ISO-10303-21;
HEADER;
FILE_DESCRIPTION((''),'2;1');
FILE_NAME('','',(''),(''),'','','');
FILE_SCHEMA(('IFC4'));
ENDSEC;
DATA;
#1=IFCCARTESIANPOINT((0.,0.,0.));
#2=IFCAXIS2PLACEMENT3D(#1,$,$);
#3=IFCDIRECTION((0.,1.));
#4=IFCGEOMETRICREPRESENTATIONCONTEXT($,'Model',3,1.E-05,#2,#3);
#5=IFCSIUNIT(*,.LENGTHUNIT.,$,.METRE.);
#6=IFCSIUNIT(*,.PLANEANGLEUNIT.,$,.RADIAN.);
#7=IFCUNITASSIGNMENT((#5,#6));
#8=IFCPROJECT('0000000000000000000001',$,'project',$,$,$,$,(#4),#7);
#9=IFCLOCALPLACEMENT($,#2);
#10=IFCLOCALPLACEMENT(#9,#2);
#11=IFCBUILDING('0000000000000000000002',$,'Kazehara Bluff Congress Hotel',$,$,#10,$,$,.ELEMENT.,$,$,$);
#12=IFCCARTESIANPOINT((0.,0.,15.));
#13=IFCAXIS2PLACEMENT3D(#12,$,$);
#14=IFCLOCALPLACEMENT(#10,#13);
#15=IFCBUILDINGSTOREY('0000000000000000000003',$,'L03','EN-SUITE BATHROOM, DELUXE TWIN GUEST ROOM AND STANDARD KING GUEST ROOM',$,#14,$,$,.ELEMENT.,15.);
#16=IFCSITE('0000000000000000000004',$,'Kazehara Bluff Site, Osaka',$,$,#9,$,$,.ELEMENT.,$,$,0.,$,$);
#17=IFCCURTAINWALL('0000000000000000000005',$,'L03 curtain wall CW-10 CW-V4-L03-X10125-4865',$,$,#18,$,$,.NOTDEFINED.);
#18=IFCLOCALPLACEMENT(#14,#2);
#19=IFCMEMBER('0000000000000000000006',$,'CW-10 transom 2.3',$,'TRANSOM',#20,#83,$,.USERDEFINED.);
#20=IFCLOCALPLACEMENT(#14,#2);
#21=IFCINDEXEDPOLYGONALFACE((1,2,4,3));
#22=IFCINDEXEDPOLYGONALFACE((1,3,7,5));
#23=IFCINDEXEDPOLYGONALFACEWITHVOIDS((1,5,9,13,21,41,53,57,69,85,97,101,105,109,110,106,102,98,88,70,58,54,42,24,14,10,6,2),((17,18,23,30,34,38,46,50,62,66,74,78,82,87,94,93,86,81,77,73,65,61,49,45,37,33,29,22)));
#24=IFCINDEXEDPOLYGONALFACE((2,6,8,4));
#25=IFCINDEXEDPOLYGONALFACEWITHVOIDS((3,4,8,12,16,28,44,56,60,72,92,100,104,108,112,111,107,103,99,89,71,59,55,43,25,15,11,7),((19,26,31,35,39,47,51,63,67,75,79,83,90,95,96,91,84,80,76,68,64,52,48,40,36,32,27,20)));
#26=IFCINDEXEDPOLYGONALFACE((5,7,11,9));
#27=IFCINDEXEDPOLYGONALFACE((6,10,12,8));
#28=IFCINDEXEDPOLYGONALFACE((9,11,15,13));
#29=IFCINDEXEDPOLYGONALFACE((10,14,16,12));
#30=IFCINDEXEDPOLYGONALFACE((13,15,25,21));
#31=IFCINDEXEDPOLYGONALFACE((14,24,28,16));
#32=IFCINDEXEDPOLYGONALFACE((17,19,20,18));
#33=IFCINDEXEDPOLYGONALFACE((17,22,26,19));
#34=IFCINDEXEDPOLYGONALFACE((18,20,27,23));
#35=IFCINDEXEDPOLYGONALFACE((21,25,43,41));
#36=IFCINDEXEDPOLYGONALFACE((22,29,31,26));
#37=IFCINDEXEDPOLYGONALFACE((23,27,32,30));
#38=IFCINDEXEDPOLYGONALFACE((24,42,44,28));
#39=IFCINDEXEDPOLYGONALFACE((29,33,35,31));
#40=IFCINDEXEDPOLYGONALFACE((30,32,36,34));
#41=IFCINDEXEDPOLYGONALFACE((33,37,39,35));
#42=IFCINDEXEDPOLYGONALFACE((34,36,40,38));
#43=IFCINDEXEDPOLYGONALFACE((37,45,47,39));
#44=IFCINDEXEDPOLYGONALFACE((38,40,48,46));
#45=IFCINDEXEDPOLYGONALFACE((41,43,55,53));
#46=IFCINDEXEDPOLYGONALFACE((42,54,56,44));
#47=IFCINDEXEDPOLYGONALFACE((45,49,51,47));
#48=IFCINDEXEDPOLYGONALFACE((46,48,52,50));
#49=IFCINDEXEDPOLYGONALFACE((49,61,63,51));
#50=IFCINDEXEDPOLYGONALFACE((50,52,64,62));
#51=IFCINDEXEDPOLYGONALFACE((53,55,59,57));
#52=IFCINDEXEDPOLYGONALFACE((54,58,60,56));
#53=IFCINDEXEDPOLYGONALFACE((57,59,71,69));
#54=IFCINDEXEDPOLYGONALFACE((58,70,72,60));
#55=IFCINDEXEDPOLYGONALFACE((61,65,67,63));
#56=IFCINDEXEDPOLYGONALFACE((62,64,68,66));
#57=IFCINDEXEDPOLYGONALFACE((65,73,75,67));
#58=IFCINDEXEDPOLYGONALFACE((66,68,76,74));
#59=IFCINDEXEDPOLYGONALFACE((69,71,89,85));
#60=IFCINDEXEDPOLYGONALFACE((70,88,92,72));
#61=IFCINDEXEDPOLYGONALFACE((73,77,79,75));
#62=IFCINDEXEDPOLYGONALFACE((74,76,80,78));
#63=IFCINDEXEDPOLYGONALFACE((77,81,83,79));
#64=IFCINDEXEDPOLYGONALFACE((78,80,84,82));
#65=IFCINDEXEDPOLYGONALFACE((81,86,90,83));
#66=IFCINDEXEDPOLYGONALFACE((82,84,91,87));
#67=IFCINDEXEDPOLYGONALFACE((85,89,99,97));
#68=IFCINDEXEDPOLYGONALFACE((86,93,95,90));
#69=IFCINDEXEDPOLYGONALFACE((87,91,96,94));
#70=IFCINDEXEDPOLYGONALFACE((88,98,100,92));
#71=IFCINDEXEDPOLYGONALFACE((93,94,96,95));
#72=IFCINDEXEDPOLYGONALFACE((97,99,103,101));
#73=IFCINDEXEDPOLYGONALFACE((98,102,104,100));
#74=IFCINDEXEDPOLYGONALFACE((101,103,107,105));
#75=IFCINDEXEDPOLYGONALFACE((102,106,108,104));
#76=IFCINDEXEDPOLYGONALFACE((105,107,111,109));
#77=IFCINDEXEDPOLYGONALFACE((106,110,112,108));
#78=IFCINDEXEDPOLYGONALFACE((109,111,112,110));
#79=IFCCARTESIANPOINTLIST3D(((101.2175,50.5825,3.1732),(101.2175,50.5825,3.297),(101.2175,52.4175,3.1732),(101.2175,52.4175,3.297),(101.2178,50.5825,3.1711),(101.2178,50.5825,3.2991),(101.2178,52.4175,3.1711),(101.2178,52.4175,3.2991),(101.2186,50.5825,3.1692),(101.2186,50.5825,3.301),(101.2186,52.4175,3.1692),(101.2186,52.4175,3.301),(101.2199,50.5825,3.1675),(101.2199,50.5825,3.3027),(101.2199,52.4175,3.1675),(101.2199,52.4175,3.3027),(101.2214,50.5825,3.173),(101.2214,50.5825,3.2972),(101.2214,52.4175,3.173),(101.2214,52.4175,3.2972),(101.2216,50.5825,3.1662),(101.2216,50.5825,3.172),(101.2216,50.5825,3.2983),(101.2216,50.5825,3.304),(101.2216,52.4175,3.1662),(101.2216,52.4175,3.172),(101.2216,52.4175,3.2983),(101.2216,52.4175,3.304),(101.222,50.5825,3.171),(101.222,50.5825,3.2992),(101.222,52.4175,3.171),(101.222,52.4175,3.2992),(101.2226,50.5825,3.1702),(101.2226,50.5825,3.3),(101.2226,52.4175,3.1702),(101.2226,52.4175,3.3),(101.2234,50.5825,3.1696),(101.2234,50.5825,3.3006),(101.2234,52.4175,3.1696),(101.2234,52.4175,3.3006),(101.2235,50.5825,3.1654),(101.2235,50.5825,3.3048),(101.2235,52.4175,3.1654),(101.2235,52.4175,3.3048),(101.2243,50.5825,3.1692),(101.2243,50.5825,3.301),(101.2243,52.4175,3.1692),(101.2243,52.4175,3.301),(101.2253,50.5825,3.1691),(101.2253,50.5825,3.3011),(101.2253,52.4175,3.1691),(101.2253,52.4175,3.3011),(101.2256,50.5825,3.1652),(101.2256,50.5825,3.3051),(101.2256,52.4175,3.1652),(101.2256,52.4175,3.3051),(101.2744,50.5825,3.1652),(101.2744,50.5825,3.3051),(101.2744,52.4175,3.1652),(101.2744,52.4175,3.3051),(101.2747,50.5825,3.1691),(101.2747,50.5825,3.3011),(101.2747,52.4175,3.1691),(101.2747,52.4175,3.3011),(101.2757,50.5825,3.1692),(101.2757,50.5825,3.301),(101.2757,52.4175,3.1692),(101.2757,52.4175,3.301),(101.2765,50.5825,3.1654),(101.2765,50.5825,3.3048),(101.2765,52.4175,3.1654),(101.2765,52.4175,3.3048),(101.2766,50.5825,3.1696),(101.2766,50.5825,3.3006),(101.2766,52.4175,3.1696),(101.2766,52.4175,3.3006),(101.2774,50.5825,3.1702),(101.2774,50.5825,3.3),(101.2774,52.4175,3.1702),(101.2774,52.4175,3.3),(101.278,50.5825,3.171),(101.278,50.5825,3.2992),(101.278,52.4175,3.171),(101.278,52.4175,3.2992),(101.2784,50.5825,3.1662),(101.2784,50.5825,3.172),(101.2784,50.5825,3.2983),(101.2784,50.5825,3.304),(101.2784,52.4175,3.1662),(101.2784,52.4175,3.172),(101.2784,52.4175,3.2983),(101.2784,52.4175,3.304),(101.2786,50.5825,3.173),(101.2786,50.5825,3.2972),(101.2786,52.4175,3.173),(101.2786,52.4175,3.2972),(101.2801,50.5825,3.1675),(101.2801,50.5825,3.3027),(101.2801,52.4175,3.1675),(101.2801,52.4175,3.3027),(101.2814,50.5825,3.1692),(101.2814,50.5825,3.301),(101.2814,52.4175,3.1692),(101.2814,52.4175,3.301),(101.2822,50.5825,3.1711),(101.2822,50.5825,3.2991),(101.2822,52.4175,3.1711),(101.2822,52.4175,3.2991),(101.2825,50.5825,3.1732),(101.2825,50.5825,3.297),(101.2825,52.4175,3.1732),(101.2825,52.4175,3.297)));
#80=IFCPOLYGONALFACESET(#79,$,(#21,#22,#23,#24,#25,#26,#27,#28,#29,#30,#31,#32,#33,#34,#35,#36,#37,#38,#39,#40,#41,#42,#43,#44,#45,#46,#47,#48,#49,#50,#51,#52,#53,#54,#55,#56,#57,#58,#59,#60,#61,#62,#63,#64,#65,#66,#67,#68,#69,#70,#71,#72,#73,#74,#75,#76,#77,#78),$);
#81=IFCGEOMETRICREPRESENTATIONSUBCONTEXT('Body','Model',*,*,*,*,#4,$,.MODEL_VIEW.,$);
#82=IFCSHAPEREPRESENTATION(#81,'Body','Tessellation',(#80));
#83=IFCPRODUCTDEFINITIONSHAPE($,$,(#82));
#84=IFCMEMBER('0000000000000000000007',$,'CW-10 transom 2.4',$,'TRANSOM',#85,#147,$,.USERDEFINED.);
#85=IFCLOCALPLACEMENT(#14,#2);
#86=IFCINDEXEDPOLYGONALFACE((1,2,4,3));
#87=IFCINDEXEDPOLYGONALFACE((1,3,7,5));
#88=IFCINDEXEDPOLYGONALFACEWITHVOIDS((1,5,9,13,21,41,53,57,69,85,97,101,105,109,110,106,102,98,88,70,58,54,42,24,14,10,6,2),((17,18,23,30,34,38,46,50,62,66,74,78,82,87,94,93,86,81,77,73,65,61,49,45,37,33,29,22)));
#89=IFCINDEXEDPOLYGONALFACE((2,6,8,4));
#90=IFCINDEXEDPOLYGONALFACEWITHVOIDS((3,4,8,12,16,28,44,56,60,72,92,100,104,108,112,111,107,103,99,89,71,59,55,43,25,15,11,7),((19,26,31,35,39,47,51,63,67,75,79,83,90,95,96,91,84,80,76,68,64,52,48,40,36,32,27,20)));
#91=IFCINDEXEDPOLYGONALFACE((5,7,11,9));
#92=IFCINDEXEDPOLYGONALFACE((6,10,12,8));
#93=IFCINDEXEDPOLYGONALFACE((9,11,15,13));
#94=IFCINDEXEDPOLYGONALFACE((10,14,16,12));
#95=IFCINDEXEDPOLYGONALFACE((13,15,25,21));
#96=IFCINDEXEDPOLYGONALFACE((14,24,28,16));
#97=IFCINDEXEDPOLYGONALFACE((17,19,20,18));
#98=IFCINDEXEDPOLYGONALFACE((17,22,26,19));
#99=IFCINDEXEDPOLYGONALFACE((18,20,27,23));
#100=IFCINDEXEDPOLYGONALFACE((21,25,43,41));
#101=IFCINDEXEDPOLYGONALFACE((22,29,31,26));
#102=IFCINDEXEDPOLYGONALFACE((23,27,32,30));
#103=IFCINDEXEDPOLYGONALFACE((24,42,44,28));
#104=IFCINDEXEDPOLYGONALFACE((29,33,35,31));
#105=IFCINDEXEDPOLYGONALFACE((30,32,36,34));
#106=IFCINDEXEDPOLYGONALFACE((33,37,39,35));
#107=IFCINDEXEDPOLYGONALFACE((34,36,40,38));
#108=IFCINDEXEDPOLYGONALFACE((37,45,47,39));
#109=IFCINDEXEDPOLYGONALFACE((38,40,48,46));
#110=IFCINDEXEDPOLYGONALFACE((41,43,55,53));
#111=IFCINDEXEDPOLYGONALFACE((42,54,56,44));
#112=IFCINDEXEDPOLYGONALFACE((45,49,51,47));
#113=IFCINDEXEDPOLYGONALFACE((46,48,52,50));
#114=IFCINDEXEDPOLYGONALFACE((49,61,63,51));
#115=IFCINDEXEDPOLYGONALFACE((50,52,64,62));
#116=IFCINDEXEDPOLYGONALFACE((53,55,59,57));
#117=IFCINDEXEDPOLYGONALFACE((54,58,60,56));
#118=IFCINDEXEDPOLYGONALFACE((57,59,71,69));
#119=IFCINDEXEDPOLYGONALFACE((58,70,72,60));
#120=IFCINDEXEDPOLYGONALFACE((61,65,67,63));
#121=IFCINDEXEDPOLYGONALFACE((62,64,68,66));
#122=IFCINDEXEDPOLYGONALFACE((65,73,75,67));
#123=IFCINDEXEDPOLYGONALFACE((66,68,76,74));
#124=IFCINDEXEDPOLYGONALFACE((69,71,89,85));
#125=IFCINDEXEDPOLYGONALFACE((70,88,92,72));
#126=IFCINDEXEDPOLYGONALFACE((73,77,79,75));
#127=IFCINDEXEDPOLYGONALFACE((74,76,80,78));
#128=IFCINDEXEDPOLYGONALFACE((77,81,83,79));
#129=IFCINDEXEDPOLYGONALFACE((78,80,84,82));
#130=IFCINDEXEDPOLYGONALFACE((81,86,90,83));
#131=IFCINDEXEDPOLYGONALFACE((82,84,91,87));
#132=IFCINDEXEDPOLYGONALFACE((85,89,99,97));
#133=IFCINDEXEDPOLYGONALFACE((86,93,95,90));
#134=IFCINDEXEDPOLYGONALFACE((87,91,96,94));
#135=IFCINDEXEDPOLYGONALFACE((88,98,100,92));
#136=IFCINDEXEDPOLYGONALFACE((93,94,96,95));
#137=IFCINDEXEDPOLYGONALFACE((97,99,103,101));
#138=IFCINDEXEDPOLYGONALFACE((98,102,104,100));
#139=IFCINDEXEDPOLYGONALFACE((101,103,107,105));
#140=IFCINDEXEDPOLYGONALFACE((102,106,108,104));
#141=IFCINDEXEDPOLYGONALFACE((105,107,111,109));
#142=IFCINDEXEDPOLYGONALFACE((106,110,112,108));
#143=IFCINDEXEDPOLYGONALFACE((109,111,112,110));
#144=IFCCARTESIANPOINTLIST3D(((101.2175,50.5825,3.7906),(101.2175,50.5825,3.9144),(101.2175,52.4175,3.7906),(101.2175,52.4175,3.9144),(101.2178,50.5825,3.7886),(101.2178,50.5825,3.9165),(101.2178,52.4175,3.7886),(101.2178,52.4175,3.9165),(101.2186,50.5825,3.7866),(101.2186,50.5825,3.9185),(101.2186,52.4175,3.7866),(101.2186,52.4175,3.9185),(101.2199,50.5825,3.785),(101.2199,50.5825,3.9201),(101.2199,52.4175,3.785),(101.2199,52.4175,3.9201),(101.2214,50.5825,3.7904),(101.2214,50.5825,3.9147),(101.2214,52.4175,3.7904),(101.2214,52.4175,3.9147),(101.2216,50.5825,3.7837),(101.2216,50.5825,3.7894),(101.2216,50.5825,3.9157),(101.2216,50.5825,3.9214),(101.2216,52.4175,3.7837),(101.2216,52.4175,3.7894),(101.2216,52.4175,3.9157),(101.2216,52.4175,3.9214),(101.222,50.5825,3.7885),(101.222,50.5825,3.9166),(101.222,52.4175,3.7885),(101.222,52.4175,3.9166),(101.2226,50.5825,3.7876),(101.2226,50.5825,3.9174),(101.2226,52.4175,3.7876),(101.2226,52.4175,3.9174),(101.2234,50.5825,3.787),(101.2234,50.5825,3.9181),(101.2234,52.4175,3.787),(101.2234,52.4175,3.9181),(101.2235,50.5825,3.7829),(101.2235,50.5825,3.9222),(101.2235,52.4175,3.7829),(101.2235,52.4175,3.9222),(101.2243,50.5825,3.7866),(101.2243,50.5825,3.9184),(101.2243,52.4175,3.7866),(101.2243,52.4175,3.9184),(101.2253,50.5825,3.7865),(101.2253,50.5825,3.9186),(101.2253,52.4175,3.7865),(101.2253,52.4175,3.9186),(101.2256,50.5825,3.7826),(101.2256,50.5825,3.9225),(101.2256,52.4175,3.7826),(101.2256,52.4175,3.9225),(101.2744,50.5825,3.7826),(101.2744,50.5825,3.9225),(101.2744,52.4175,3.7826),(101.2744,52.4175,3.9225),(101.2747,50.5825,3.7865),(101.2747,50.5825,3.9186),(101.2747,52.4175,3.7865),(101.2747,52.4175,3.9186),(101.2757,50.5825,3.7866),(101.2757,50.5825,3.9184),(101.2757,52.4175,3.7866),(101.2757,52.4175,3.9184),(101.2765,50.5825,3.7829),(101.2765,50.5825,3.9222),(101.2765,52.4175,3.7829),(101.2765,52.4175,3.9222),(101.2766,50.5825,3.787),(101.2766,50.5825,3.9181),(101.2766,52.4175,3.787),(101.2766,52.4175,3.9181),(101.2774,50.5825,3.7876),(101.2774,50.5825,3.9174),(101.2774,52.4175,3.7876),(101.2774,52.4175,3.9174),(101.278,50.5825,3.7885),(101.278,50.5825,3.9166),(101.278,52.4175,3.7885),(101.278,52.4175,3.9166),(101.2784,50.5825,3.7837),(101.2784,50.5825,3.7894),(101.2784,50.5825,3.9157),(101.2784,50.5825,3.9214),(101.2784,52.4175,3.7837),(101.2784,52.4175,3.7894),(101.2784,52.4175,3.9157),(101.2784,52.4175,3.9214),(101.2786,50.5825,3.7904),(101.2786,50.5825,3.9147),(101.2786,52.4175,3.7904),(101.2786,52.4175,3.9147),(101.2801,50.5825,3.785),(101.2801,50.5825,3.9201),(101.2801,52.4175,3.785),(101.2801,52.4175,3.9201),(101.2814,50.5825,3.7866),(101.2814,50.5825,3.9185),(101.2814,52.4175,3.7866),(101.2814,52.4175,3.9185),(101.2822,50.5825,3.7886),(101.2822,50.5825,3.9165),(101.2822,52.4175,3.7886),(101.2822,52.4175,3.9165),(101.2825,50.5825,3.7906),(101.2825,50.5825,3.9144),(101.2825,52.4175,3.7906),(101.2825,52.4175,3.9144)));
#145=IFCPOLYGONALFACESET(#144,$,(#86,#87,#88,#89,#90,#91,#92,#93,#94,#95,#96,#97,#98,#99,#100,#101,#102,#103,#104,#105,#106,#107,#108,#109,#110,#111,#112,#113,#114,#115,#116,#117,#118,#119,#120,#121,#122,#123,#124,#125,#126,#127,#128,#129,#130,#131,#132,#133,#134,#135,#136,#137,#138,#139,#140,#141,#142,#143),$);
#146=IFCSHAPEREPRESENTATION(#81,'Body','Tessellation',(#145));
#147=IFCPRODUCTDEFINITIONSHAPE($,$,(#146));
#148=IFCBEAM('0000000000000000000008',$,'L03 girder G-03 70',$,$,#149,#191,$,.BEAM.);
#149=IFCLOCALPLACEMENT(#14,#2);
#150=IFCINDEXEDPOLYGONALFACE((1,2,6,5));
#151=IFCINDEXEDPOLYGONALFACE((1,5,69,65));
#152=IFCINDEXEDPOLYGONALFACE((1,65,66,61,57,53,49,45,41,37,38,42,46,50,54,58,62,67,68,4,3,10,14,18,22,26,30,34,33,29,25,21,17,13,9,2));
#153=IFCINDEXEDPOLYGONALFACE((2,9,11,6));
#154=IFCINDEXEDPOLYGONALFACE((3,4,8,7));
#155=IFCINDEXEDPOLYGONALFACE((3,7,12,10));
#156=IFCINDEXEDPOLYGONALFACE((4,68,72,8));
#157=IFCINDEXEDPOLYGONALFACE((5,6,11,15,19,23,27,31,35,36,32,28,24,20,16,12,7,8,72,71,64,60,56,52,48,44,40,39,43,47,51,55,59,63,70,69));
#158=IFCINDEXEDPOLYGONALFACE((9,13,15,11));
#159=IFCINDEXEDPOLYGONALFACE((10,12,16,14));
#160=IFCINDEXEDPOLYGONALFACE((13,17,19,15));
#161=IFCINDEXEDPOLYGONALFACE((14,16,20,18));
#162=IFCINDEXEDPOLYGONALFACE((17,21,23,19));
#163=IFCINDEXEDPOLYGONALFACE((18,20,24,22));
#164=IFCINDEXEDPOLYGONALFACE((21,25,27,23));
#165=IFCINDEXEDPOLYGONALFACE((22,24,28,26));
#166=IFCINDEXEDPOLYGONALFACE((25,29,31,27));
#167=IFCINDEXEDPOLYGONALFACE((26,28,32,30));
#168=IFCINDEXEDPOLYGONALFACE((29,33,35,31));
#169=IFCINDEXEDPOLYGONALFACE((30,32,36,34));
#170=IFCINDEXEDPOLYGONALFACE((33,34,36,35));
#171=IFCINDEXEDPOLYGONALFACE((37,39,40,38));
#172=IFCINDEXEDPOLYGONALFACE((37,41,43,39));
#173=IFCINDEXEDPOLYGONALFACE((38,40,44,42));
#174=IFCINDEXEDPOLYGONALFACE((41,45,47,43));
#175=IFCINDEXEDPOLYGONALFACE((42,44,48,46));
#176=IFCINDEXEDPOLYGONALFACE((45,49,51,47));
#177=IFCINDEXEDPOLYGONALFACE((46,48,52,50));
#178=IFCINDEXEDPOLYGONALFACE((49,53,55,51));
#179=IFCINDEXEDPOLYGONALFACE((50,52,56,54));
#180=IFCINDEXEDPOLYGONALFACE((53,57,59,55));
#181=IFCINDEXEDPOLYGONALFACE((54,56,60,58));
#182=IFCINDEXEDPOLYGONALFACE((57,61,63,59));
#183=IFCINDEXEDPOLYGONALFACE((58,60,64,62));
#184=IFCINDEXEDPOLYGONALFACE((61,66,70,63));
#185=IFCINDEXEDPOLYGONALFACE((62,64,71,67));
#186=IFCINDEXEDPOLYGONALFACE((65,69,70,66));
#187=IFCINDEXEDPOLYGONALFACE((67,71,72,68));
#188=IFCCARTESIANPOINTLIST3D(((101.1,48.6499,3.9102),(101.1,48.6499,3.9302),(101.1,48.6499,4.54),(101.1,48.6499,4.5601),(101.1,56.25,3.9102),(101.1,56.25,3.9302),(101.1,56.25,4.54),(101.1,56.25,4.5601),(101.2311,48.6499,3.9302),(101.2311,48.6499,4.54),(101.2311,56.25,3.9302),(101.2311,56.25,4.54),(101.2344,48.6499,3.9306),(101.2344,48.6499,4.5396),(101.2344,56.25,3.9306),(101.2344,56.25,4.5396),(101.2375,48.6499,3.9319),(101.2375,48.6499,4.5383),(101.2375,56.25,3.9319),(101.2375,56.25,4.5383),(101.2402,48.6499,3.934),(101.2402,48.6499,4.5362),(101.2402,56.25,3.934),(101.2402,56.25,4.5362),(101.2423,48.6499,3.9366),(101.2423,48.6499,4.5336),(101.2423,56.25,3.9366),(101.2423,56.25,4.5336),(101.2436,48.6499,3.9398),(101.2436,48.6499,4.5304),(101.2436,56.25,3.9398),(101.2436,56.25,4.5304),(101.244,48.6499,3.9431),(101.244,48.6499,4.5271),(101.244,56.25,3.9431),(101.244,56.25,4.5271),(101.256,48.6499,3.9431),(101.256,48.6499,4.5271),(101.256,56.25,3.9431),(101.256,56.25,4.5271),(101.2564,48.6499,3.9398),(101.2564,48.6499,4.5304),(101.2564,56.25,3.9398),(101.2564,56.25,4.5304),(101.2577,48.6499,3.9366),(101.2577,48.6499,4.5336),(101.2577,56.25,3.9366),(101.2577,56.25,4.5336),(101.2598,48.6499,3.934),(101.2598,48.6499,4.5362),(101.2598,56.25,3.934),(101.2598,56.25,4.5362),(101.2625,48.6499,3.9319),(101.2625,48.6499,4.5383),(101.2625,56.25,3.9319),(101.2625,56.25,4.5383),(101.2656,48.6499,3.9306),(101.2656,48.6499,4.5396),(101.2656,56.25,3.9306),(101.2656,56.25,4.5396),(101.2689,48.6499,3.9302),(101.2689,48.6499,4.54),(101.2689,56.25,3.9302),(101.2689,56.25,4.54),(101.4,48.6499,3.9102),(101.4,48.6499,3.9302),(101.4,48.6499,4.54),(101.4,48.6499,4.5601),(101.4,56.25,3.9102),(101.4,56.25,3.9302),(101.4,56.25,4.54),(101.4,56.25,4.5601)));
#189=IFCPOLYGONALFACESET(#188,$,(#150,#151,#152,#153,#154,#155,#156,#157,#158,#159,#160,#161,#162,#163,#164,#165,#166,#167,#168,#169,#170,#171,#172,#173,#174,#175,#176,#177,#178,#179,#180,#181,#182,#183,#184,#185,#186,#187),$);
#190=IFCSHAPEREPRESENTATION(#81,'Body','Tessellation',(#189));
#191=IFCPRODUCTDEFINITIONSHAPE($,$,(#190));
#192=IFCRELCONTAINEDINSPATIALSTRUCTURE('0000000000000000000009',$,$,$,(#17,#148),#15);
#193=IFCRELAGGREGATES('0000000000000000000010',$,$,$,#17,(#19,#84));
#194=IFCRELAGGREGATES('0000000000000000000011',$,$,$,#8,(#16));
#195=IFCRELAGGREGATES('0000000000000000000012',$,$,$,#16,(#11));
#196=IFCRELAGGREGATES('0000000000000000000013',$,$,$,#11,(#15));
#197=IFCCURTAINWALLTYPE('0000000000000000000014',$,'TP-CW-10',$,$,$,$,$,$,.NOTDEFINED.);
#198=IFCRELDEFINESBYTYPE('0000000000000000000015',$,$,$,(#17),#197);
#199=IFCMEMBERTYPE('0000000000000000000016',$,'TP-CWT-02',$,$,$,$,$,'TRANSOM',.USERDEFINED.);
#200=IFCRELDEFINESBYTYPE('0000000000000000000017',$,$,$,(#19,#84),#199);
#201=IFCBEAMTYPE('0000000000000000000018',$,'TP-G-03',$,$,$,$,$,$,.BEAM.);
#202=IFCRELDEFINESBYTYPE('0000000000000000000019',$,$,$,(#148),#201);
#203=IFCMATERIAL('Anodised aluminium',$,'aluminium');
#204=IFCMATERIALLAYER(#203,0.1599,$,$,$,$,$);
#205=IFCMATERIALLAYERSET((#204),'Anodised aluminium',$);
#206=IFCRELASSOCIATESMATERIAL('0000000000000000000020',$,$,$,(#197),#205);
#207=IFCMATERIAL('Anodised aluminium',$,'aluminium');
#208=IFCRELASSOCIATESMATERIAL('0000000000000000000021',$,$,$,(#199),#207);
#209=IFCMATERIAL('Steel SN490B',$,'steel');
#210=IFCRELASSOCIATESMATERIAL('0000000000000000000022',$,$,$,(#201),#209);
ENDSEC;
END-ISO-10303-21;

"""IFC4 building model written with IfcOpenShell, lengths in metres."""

from ifc_helpers import new_model, si_unit, direction, frame, origin, origin_2d, place, context, subcontext, project, spatial, hollow_rectangle, i_section, extrude, material, layer, layer_set, material_profile, profile_set, type_object, element, aggregate, save


model = new_model("IFC4")

# Units and contexts
model_context = context("Model", 3, precision=1e-05, world=origin(), true_north=direction((0.0, 1.0)))
body_context = subcontext(model_context, "Body", "Model", "MODEL_VIEW")
ifc_project = project(units=[si_unit("LENGTHUNIT", "METRE"), si_unit("PLANEANGLEUNIT", "RADIAN")], contexts=[model_context])

# Site, building, storey
site_placement = place(None, origin())
site = spatial("IfcSite", under=ifc_project, at=site_placement, Name="Kazehara Bluff Site, Osaka", CompositionType="ELEMENT", RefElevation=0.0)
building_placement = place(site_placement, origin())
building = spatial("IfcBuilding", under=site, at=building_placement, Name="Kazehara Bluff Congress Hotel", CompositionType="ELEMENT")
storey_placement = place(building_placement, frame((0.0, 0.0, 15.0)))
storey = spatial("IfcBuildingStorey", under=building, at=storey_placement, Name="L03", Description="EN-SUITE BATHROOM, DELUXE TWIN GUEST ROOM AND STANDARD KING GUEST ROOM", CompositionType="ELEMENT", Elevation=15.0)

# Curtain wall
ifc_material_1 = material(Name="Anodised aluminium", Category="aluminium")
ifc_layer_1 = layer(ifc_material_1, 0.1599)
ifc_layer_set_1 = layer_set([ifc_layer_1], Name="Anodised aluminium")
curtain_wall_type_1 = type_object("IfcCurtainWallType", Name="TP-CW-10", PredefinedType="NOTDEFINED", material=ifc_layer_set_1)
curtain_wall_1_placement = place(storey_placement, origin())
curtain_wall_1 = element("IfcCurtainWall", 1, at=curtain_wall_1_placement, inside=storey, type_object=curtain_wall_type_1, Name="L03 curtain wall CW-10 CW-V4-L03-X10125-4865", PredefinedType="NOTDEFINED")

# Members
ifc_material_2 = material(Name="Anodised aluminium", Category="aluminium")
ifc_material_profile_1 = material_profile(ifc_material_2, hollow_rectangle(XDim=0.0649, YDim=0.1399, WallThickness=0.0039, InnerFilletRadius=0.0039, OuterFilletRadius=0.0081, at=origin_2d()))
ifc_profile_set_1 = profile_set([ifc_material_profile_1], Name="Anodised aluminium")
member_type_1 = type_object("IfcMemberType", Name="TP-CWT-02", ElementType="TRANSOM", PredefinedType="USERDEFINED", material=ifc_profile_set_1)
member_1_placement = place(storey_placement, frame((101.25, 50.5825, 3.2351), z_axis=(0.0, 1.0, 0.0), x_axis=(-1.0, 0.0, 0.0)))
member_1 = element("IfcMember", 2, at=member_1_placement, type_object=member_type_1, Name="CW-10 transom 2.3", ObjectType="TRANSOM", PredefinedType="USERDEFINED", context=body_context, shape_type="SweptSolid", body=[
    extrude(hollow_rectangle(XDim=0.0649, YDim=0.1399, WallThickness=0.0039, InnerFilletRadius=0.0039, OuterFilletRadius=0.0081, at=origin_2d()), origin(), (0.0, 0.0, 1.0), 1.835),
])
member_2_placement = place(storey_placement, frame((101.25, 50.5825, 3.8525), z_axis=(0.0, 1.0, 0.0), x_axis=(-1.0, 0.0, 0.0)))
member_2 = element("IfcMember", 3, at=member_2_placement, type_object=member_type_1, Name="CW-10 transom 2.4", ObjectType="TRANSOM", PredefinedType="USERDEFINED", context=body_context, shape_type="SweptSolid", body=[
    extrude(hollow_rectangle(XDim=0.0649, YDim=0.1399, WallThickness=0.0039, InnerFilletRadius=0.0039, OuterFilletRadius=0.0081, at=origin_2d()), origin(), (0.0, 0.0, 1.0), 1.835),
])

# Beam
ifc_material_3 = material(Name="Steel SN490B", Category="steel")
ifc_material_profile_2 = material_profile(ifc_material_3, i_section(OverallWidth=0.3, OverallDepth=0.6499, WebThickness=0.012, FlangeThickness=0.02, FilletRadius=0.0129, at=origin_2d()))
ifc_profile_set_2 = profile_set([ifc_material_profile_2], Name="Steel SN490B")
beam_type = type_object("IfcBeamType", Name="TP-G-03", PredefinedType="BEAM", material=ifc_profile_set_2)
beam_placement = place(storey_placement, frame((101.25, 48.6499, 4.2351), z_axis=(0.0, 1.0, 0.0), x_axis=(-1.0, 0.0, 0.0)))
element("IfcBeam", 4, at=beam_placement, inside=storey, type_object=beam_type, Name="L03 girder G-03 70", PredefinedType="BEAM", context=body_context, shape_type="SweptSolid", body=[
    extrude(i_section(OverallWidth=0.3, OverallDepth=0.6499, WebThickness=0.012, FlangeThickness=0.02, FilletRadius=0.0129, at=origin_2d()), origin(), (0.0, 0.0, 1.0), 7.6001),
])

aggregate(curtain_wall_1, [member_1, member_2])

save(model, "model.ifc")
